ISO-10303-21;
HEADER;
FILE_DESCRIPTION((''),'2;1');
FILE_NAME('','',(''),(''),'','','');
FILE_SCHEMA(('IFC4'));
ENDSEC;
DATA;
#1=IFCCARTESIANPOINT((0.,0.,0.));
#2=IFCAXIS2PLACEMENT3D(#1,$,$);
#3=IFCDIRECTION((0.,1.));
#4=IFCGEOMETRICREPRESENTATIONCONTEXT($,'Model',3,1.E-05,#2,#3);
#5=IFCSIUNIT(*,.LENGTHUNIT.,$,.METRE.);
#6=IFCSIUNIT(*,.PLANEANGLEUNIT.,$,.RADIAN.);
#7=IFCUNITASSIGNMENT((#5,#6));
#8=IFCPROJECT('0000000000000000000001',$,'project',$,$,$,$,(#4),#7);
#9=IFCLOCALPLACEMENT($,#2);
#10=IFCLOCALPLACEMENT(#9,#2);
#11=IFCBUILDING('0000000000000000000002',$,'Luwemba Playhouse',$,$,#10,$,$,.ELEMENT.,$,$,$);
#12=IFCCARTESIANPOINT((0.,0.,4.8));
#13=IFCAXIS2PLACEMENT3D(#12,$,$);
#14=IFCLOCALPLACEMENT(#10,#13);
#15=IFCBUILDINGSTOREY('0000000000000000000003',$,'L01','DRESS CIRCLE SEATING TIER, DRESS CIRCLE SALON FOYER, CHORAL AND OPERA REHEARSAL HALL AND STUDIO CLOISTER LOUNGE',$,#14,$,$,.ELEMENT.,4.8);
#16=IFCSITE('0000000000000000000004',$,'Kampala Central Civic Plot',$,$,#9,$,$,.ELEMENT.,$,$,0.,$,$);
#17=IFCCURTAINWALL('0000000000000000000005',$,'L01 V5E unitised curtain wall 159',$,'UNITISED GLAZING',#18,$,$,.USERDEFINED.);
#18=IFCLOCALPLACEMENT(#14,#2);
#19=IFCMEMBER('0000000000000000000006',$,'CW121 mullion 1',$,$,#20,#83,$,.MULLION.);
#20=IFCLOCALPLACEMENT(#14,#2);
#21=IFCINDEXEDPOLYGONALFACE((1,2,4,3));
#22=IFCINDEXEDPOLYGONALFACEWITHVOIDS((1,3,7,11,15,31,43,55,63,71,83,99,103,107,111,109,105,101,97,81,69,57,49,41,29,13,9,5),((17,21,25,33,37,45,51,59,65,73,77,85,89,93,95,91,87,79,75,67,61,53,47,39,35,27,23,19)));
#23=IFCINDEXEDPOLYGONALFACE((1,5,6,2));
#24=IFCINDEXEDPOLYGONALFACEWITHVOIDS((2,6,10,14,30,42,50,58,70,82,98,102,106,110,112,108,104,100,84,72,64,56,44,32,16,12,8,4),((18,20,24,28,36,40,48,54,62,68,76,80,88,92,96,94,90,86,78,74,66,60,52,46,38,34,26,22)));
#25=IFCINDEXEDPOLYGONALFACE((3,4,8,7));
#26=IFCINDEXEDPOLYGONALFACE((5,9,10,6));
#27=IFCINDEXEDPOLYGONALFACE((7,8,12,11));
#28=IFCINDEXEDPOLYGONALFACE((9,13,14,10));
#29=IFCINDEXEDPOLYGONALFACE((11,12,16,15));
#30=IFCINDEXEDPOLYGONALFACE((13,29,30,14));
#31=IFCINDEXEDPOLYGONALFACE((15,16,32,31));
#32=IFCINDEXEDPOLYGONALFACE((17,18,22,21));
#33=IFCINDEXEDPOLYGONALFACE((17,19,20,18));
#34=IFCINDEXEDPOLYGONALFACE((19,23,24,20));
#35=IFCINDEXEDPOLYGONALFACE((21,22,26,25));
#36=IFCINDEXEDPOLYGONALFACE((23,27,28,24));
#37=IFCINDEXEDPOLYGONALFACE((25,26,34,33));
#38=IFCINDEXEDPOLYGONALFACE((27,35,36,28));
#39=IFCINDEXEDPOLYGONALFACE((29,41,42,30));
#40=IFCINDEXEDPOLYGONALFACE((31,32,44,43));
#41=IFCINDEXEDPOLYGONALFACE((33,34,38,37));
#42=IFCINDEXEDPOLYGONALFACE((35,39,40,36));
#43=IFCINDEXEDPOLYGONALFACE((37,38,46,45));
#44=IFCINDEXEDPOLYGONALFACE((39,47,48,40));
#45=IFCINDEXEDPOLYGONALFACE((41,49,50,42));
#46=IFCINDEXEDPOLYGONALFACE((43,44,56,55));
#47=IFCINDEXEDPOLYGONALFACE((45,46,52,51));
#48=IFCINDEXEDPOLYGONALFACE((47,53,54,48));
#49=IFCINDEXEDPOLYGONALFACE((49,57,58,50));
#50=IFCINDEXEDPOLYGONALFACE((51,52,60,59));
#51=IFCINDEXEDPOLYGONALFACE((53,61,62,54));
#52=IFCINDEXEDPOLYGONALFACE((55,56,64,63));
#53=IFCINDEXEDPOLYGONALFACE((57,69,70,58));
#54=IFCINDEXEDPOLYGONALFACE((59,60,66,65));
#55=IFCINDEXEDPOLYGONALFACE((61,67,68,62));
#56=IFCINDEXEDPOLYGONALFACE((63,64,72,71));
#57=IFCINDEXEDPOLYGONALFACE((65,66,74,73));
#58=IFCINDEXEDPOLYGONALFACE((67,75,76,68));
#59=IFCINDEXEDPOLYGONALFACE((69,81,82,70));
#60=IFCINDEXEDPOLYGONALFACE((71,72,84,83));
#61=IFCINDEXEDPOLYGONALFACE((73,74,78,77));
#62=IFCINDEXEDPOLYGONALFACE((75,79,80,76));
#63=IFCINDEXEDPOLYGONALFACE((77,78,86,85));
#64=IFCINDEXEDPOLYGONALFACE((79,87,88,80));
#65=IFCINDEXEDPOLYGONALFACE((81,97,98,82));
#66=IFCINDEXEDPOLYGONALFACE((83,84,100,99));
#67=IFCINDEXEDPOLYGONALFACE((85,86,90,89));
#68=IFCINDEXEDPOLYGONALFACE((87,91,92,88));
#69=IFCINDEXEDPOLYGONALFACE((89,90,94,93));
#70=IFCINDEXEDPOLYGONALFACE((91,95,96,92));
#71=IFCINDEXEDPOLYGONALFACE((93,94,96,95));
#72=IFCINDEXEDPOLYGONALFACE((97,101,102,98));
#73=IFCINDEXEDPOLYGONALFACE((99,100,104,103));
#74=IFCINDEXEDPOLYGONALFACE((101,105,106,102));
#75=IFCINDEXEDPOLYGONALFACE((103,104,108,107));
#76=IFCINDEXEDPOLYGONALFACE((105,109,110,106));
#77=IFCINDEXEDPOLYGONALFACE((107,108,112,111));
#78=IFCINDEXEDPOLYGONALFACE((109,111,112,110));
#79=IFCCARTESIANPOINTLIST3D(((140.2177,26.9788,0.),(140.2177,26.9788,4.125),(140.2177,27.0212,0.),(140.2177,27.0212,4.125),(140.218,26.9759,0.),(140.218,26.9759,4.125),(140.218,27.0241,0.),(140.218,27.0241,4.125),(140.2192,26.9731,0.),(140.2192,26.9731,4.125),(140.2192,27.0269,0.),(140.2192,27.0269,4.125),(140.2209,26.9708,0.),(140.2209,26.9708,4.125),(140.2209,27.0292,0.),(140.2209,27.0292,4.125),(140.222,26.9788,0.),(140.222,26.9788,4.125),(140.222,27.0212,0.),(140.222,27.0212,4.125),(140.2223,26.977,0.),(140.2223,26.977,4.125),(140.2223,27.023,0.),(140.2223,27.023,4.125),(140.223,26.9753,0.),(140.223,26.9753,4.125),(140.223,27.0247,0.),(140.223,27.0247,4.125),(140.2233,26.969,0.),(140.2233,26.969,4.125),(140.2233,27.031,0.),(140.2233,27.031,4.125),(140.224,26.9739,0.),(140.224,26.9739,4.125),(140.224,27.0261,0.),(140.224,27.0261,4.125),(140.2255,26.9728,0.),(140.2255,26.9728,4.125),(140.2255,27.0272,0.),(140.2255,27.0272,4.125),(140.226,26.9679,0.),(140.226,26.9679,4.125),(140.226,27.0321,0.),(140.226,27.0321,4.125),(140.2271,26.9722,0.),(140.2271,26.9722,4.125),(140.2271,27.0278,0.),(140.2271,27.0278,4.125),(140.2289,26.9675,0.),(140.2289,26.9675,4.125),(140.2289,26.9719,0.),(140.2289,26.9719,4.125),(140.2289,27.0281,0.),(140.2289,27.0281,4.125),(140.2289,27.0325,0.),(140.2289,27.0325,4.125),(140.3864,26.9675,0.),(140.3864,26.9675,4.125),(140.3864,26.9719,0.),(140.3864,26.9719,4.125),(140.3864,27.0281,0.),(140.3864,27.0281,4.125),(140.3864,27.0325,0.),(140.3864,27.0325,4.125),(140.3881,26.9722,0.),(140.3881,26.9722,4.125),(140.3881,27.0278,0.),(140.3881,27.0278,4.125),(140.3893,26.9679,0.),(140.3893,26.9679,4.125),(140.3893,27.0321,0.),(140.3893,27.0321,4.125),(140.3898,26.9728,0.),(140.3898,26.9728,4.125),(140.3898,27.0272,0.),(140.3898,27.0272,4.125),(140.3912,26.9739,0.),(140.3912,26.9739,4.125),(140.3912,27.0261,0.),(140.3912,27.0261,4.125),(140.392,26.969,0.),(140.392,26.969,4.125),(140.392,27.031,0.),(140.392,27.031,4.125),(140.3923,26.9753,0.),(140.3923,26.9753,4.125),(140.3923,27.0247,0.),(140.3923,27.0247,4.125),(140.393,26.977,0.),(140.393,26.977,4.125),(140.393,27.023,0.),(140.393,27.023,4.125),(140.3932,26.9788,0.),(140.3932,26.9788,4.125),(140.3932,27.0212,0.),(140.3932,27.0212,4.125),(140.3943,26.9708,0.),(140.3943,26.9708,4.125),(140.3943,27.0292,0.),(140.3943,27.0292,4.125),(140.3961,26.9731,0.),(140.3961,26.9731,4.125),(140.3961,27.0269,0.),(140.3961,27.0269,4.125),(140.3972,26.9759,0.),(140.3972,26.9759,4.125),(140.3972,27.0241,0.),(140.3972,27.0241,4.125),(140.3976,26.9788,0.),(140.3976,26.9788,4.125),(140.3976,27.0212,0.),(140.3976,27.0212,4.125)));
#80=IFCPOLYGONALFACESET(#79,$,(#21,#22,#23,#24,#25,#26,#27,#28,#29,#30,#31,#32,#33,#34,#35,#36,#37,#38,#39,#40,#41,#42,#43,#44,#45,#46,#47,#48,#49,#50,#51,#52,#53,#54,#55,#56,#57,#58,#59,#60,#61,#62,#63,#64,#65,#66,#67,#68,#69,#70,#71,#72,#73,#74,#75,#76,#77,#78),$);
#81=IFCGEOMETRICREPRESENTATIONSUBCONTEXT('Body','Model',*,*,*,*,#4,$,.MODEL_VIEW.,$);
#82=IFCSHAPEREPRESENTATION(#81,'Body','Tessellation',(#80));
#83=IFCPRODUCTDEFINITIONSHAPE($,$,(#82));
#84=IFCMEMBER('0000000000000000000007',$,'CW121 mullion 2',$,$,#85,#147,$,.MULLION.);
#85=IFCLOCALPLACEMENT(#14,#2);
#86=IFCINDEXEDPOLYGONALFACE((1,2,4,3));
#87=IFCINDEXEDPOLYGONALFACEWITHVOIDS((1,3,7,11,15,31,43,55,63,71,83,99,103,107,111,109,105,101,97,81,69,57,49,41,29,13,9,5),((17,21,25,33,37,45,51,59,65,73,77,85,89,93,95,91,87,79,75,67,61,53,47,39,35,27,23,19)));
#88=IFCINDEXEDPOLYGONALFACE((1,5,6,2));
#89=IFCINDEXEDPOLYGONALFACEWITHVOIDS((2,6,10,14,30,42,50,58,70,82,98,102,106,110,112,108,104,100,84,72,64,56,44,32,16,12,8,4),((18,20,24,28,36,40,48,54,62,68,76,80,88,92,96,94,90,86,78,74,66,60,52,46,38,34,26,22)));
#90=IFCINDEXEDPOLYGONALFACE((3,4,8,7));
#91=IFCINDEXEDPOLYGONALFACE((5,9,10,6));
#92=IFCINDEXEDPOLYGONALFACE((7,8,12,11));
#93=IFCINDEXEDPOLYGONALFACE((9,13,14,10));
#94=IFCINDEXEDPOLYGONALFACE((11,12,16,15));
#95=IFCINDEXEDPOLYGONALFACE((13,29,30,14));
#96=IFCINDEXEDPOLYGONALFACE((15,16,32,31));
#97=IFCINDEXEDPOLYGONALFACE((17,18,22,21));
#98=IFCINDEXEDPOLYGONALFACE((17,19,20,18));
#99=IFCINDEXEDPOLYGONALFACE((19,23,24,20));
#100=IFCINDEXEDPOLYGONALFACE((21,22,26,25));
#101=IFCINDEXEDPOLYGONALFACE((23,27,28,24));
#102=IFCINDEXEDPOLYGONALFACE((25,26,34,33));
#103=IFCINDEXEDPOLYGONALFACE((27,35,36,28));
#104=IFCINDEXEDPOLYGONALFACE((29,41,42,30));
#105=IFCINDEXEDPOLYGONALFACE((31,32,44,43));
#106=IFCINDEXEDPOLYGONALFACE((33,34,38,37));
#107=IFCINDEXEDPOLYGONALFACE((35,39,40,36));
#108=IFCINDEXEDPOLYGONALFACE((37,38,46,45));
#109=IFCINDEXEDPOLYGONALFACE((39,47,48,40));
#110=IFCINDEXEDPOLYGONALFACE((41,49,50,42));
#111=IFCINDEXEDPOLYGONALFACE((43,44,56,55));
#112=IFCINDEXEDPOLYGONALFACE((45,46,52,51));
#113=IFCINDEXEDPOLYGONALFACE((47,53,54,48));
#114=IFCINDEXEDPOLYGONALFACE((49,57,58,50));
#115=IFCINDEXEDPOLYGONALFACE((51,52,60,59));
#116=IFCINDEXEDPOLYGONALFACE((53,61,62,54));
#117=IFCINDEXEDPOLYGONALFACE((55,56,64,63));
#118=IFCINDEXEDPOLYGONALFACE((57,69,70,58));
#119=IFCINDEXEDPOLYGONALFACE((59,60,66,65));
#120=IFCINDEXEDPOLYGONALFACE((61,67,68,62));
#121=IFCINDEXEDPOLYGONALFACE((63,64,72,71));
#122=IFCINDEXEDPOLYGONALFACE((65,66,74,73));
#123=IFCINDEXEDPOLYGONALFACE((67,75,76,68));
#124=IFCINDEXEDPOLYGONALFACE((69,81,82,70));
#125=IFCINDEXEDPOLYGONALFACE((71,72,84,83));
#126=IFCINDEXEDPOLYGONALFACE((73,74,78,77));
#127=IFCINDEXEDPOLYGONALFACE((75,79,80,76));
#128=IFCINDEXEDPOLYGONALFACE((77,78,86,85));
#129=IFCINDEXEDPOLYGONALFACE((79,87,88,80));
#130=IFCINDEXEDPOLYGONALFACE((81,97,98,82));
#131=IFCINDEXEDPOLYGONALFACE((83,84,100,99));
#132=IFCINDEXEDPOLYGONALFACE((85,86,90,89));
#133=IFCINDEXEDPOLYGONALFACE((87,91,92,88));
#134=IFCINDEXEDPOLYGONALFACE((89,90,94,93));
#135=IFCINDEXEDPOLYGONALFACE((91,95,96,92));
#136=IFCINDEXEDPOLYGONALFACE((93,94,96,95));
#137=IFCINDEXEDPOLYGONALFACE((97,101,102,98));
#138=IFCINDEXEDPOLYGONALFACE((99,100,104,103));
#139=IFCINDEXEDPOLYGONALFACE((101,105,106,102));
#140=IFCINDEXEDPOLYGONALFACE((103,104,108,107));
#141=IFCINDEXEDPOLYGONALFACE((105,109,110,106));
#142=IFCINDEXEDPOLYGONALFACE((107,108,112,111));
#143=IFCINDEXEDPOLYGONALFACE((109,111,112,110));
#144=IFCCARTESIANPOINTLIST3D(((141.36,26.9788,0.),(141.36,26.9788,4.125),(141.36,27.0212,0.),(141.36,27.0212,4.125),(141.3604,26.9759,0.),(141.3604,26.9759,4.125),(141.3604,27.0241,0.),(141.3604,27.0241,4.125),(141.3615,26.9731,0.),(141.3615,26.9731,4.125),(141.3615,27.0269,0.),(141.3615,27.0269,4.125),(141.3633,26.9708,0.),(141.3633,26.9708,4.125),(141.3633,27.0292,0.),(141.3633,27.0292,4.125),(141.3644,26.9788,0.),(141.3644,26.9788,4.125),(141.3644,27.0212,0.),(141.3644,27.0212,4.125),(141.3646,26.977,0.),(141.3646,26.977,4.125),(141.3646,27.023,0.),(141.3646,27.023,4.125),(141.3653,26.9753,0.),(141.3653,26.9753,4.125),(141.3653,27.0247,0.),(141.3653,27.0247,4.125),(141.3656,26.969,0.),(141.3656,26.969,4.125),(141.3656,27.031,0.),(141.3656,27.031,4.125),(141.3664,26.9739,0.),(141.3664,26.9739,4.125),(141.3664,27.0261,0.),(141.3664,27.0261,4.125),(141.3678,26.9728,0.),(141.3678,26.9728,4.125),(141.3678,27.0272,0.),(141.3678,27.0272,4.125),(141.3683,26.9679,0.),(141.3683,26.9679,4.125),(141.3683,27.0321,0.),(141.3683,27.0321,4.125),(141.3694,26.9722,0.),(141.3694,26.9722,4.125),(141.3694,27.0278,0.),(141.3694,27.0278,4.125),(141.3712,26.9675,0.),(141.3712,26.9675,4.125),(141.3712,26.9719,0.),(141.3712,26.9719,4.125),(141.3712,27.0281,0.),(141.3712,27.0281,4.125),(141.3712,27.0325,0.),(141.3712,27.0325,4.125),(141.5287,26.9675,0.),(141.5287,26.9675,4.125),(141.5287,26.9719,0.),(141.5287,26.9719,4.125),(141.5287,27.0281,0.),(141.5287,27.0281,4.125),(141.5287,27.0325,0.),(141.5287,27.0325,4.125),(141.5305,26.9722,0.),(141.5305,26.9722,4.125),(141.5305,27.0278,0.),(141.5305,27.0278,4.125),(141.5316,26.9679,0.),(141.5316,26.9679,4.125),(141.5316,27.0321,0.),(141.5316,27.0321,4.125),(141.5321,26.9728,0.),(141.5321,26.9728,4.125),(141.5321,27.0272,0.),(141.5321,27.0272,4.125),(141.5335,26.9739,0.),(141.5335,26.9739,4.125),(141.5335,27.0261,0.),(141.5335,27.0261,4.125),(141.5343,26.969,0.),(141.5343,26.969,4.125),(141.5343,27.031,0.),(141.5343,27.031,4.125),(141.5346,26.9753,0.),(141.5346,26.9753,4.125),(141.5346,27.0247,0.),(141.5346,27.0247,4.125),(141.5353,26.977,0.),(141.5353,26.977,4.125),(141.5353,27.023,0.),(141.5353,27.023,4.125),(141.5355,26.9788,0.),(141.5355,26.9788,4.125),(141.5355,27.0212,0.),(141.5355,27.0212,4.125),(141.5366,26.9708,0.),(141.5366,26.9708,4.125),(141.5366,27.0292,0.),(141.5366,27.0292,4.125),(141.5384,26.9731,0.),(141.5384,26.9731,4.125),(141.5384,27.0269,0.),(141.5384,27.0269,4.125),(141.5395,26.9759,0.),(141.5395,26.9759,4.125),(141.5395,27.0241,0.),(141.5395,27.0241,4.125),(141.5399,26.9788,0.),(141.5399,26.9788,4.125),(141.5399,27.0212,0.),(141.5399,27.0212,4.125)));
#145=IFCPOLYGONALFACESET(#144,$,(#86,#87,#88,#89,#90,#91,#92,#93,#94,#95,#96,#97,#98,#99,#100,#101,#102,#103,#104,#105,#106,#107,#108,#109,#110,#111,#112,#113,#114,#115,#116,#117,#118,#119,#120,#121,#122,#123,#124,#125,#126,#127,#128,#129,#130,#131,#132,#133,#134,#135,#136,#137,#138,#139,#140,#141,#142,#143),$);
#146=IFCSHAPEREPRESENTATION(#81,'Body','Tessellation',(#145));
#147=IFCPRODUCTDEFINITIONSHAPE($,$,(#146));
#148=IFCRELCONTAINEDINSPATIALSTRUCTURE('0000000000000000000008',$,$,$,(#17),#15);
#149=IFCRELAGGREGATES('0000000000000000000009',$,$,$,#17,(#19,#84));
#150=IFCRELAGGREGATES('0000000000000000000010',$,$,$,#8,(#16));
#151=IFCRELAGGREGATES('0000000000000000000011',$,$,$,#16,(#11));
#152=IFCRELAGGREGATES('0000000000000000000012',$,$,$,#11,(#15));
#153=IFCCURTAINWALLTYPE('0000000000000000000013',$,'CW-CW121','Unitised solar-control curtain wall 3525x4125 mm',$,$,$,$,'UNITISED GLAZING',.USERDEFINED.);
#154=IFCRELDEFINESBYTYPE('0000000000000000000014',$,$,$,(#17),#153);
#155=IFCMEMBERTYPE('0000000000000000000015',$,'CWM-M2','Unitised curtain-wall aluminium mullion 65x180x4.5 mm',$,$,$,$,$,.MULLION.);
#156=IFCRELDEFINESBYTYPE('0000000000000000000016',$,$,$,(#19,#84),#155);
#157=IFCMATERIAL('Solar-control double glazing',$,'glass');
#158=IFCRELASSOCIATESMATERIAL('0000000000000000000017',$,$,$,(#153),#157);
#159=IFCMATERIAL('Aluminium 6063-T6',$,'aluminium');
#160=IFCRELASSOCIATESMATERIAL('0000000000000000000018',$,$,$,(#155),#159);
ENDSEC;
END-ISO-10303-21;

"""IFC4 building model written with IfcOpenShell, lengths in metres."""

from ifc_helpers import new_model, si_unit, direction, frame, origin, origin_2d, place, context, subcontext, project, spatial, hollow_rectangle, extrude, material, material_profile, profile_set, type_object, element, aggregate, save


model = new_model("IFC4")

# Units and contexts
model_context = context("Model", 3, precision=1e-05, world=origin(), true_north=direction((0.0, 1.0)))
body_context = subcontext(model_context, "Body", "Model", "MODEL_VIEW")
ifc_project = project(units=[si_unit("LENGTHUNIT", "METRE"), si_unit("PLANEANGLEUNIT", "RADIAN")], contexts=[model_context])

# Site, building, storey
site_placement = place(None, origin())
site = spatial("IfcSite", under=ifc_project, at=site_placement, Name="Kampala Central Civic Plot", CompositionType="ELEMENT", RefElevation=0.0)
building_placement = place(site_placement, origin())
building = spatial("IfcBuilding", under=site, at=building_placement, Name="Luwemba Playhouse", CompositionType="ELEMENT")
storey_placement = place(building_placement, frame((0.0, 0.0, 4.8)))
storey = spatial("IfcBuildingStorey", under=building, at=storey_placement, Name="L01", Description="DRESS CIRCLE SEATING TIER, DRESS CIRCLE SALON FOYER, CHORAL AND OPERA REHEARSAL HALL AND STUDIO CLOISTER LOUNGE", CompositionType="ELEMENT", Elevation=4.8)

# Curtain wall, members
ifc_material_1 = material(Name="Solar-control double glazing", Category="glass")
curtain_wall_type = type_object("IfcCurtainWallType", Name="CW-CW121", Description="Unitised solar-control curtain wall 3525x4125 mm", ElementType="UNITISED GLAZING", PredefinedType="USERDEFINED", material=ifc_material_1)
curtain_wall_placement = place(storey_placement, origin())
curtain_wall = element("IfcCurtainWall", 1, at=curtain_wall_placement, inside=storey, type_object=curtain_wall_type, Name="L01 V5E unitised curtain wall 159", ObjectType="UNITISED GLAZING", PredefinedType="USERDEFINED")
ifc_material_2 = material(Name="Aluminium 6063-T6", Category="aluminium")
ifc_material_profile_1 = material_profile(ifc_material_2, hollow_rectangle(XDim=0.0649, YDim=0.1799, WallThickness=0.0044, InnerFilletRadius=0.0068, OuterFilletRadius=0.0112, at=origin_2d()))
ifc_profile_set_1 = profile_set([ifc_material_profile_1], Name="Aluminium 6063-T6")
member_type_1 = type_object("IfcMemberType", Name="CWM-M2", Description="Unitised curtain-wall aluminium mullion 65x180x4.5 mm", PredefinedType="MULLION", material=ifc_profile_set_1)
member_1_placement = place(storey_placement, frame((140.3076, 27.0, 0.0), z_axis=(0.0, 0.0, 1.0), x_axis=(0.0, 1.0, 0.0)))
member_1 = element("IfcMember", 2, at=member_1_placement, type_object=member_type_1, Name="CW121 mullion 1", PredefinedType="MULLION", context=body_context, shape_type="SweptSolid", body=[
    extrude(hollow_rectangle(XDim=0.0649, YDim=0.1799, WallThickness=0.0044, InnerFilletRadius=0.0068, OuterFilletRadius=0.0112, at=origin_2d()), origin(), (0.0, 0.0, 1.0), 4.125),
])
member_2_placement = place(storey_placement, frame((141.45, 27.0, 0.0), z_axis=(0.0, 0.0, 1.0), x_axis=(0.0, 1.0, 0.0)))
member_2 = element("IfcMember", 3, at=member_2_placement, type_object=member_type_1, Name="CW121 mullion 2", PredefinedType="MULLION", context=body_context, shape_type="SweptSolid", body=[
    extrude(hollow_rectangle(XDim=0.0649, YDim=0.1799, WallThickness=0.0044, InnerFilletRadius=0.0068, OuterFilletRadius=0.0112, at=origin_2d()), origin(), (0.0, 0.0, 1.0), 4.125),
])

aggregate(curtain_wall, [member_1, member_2])

save(model, "model.ifc")
